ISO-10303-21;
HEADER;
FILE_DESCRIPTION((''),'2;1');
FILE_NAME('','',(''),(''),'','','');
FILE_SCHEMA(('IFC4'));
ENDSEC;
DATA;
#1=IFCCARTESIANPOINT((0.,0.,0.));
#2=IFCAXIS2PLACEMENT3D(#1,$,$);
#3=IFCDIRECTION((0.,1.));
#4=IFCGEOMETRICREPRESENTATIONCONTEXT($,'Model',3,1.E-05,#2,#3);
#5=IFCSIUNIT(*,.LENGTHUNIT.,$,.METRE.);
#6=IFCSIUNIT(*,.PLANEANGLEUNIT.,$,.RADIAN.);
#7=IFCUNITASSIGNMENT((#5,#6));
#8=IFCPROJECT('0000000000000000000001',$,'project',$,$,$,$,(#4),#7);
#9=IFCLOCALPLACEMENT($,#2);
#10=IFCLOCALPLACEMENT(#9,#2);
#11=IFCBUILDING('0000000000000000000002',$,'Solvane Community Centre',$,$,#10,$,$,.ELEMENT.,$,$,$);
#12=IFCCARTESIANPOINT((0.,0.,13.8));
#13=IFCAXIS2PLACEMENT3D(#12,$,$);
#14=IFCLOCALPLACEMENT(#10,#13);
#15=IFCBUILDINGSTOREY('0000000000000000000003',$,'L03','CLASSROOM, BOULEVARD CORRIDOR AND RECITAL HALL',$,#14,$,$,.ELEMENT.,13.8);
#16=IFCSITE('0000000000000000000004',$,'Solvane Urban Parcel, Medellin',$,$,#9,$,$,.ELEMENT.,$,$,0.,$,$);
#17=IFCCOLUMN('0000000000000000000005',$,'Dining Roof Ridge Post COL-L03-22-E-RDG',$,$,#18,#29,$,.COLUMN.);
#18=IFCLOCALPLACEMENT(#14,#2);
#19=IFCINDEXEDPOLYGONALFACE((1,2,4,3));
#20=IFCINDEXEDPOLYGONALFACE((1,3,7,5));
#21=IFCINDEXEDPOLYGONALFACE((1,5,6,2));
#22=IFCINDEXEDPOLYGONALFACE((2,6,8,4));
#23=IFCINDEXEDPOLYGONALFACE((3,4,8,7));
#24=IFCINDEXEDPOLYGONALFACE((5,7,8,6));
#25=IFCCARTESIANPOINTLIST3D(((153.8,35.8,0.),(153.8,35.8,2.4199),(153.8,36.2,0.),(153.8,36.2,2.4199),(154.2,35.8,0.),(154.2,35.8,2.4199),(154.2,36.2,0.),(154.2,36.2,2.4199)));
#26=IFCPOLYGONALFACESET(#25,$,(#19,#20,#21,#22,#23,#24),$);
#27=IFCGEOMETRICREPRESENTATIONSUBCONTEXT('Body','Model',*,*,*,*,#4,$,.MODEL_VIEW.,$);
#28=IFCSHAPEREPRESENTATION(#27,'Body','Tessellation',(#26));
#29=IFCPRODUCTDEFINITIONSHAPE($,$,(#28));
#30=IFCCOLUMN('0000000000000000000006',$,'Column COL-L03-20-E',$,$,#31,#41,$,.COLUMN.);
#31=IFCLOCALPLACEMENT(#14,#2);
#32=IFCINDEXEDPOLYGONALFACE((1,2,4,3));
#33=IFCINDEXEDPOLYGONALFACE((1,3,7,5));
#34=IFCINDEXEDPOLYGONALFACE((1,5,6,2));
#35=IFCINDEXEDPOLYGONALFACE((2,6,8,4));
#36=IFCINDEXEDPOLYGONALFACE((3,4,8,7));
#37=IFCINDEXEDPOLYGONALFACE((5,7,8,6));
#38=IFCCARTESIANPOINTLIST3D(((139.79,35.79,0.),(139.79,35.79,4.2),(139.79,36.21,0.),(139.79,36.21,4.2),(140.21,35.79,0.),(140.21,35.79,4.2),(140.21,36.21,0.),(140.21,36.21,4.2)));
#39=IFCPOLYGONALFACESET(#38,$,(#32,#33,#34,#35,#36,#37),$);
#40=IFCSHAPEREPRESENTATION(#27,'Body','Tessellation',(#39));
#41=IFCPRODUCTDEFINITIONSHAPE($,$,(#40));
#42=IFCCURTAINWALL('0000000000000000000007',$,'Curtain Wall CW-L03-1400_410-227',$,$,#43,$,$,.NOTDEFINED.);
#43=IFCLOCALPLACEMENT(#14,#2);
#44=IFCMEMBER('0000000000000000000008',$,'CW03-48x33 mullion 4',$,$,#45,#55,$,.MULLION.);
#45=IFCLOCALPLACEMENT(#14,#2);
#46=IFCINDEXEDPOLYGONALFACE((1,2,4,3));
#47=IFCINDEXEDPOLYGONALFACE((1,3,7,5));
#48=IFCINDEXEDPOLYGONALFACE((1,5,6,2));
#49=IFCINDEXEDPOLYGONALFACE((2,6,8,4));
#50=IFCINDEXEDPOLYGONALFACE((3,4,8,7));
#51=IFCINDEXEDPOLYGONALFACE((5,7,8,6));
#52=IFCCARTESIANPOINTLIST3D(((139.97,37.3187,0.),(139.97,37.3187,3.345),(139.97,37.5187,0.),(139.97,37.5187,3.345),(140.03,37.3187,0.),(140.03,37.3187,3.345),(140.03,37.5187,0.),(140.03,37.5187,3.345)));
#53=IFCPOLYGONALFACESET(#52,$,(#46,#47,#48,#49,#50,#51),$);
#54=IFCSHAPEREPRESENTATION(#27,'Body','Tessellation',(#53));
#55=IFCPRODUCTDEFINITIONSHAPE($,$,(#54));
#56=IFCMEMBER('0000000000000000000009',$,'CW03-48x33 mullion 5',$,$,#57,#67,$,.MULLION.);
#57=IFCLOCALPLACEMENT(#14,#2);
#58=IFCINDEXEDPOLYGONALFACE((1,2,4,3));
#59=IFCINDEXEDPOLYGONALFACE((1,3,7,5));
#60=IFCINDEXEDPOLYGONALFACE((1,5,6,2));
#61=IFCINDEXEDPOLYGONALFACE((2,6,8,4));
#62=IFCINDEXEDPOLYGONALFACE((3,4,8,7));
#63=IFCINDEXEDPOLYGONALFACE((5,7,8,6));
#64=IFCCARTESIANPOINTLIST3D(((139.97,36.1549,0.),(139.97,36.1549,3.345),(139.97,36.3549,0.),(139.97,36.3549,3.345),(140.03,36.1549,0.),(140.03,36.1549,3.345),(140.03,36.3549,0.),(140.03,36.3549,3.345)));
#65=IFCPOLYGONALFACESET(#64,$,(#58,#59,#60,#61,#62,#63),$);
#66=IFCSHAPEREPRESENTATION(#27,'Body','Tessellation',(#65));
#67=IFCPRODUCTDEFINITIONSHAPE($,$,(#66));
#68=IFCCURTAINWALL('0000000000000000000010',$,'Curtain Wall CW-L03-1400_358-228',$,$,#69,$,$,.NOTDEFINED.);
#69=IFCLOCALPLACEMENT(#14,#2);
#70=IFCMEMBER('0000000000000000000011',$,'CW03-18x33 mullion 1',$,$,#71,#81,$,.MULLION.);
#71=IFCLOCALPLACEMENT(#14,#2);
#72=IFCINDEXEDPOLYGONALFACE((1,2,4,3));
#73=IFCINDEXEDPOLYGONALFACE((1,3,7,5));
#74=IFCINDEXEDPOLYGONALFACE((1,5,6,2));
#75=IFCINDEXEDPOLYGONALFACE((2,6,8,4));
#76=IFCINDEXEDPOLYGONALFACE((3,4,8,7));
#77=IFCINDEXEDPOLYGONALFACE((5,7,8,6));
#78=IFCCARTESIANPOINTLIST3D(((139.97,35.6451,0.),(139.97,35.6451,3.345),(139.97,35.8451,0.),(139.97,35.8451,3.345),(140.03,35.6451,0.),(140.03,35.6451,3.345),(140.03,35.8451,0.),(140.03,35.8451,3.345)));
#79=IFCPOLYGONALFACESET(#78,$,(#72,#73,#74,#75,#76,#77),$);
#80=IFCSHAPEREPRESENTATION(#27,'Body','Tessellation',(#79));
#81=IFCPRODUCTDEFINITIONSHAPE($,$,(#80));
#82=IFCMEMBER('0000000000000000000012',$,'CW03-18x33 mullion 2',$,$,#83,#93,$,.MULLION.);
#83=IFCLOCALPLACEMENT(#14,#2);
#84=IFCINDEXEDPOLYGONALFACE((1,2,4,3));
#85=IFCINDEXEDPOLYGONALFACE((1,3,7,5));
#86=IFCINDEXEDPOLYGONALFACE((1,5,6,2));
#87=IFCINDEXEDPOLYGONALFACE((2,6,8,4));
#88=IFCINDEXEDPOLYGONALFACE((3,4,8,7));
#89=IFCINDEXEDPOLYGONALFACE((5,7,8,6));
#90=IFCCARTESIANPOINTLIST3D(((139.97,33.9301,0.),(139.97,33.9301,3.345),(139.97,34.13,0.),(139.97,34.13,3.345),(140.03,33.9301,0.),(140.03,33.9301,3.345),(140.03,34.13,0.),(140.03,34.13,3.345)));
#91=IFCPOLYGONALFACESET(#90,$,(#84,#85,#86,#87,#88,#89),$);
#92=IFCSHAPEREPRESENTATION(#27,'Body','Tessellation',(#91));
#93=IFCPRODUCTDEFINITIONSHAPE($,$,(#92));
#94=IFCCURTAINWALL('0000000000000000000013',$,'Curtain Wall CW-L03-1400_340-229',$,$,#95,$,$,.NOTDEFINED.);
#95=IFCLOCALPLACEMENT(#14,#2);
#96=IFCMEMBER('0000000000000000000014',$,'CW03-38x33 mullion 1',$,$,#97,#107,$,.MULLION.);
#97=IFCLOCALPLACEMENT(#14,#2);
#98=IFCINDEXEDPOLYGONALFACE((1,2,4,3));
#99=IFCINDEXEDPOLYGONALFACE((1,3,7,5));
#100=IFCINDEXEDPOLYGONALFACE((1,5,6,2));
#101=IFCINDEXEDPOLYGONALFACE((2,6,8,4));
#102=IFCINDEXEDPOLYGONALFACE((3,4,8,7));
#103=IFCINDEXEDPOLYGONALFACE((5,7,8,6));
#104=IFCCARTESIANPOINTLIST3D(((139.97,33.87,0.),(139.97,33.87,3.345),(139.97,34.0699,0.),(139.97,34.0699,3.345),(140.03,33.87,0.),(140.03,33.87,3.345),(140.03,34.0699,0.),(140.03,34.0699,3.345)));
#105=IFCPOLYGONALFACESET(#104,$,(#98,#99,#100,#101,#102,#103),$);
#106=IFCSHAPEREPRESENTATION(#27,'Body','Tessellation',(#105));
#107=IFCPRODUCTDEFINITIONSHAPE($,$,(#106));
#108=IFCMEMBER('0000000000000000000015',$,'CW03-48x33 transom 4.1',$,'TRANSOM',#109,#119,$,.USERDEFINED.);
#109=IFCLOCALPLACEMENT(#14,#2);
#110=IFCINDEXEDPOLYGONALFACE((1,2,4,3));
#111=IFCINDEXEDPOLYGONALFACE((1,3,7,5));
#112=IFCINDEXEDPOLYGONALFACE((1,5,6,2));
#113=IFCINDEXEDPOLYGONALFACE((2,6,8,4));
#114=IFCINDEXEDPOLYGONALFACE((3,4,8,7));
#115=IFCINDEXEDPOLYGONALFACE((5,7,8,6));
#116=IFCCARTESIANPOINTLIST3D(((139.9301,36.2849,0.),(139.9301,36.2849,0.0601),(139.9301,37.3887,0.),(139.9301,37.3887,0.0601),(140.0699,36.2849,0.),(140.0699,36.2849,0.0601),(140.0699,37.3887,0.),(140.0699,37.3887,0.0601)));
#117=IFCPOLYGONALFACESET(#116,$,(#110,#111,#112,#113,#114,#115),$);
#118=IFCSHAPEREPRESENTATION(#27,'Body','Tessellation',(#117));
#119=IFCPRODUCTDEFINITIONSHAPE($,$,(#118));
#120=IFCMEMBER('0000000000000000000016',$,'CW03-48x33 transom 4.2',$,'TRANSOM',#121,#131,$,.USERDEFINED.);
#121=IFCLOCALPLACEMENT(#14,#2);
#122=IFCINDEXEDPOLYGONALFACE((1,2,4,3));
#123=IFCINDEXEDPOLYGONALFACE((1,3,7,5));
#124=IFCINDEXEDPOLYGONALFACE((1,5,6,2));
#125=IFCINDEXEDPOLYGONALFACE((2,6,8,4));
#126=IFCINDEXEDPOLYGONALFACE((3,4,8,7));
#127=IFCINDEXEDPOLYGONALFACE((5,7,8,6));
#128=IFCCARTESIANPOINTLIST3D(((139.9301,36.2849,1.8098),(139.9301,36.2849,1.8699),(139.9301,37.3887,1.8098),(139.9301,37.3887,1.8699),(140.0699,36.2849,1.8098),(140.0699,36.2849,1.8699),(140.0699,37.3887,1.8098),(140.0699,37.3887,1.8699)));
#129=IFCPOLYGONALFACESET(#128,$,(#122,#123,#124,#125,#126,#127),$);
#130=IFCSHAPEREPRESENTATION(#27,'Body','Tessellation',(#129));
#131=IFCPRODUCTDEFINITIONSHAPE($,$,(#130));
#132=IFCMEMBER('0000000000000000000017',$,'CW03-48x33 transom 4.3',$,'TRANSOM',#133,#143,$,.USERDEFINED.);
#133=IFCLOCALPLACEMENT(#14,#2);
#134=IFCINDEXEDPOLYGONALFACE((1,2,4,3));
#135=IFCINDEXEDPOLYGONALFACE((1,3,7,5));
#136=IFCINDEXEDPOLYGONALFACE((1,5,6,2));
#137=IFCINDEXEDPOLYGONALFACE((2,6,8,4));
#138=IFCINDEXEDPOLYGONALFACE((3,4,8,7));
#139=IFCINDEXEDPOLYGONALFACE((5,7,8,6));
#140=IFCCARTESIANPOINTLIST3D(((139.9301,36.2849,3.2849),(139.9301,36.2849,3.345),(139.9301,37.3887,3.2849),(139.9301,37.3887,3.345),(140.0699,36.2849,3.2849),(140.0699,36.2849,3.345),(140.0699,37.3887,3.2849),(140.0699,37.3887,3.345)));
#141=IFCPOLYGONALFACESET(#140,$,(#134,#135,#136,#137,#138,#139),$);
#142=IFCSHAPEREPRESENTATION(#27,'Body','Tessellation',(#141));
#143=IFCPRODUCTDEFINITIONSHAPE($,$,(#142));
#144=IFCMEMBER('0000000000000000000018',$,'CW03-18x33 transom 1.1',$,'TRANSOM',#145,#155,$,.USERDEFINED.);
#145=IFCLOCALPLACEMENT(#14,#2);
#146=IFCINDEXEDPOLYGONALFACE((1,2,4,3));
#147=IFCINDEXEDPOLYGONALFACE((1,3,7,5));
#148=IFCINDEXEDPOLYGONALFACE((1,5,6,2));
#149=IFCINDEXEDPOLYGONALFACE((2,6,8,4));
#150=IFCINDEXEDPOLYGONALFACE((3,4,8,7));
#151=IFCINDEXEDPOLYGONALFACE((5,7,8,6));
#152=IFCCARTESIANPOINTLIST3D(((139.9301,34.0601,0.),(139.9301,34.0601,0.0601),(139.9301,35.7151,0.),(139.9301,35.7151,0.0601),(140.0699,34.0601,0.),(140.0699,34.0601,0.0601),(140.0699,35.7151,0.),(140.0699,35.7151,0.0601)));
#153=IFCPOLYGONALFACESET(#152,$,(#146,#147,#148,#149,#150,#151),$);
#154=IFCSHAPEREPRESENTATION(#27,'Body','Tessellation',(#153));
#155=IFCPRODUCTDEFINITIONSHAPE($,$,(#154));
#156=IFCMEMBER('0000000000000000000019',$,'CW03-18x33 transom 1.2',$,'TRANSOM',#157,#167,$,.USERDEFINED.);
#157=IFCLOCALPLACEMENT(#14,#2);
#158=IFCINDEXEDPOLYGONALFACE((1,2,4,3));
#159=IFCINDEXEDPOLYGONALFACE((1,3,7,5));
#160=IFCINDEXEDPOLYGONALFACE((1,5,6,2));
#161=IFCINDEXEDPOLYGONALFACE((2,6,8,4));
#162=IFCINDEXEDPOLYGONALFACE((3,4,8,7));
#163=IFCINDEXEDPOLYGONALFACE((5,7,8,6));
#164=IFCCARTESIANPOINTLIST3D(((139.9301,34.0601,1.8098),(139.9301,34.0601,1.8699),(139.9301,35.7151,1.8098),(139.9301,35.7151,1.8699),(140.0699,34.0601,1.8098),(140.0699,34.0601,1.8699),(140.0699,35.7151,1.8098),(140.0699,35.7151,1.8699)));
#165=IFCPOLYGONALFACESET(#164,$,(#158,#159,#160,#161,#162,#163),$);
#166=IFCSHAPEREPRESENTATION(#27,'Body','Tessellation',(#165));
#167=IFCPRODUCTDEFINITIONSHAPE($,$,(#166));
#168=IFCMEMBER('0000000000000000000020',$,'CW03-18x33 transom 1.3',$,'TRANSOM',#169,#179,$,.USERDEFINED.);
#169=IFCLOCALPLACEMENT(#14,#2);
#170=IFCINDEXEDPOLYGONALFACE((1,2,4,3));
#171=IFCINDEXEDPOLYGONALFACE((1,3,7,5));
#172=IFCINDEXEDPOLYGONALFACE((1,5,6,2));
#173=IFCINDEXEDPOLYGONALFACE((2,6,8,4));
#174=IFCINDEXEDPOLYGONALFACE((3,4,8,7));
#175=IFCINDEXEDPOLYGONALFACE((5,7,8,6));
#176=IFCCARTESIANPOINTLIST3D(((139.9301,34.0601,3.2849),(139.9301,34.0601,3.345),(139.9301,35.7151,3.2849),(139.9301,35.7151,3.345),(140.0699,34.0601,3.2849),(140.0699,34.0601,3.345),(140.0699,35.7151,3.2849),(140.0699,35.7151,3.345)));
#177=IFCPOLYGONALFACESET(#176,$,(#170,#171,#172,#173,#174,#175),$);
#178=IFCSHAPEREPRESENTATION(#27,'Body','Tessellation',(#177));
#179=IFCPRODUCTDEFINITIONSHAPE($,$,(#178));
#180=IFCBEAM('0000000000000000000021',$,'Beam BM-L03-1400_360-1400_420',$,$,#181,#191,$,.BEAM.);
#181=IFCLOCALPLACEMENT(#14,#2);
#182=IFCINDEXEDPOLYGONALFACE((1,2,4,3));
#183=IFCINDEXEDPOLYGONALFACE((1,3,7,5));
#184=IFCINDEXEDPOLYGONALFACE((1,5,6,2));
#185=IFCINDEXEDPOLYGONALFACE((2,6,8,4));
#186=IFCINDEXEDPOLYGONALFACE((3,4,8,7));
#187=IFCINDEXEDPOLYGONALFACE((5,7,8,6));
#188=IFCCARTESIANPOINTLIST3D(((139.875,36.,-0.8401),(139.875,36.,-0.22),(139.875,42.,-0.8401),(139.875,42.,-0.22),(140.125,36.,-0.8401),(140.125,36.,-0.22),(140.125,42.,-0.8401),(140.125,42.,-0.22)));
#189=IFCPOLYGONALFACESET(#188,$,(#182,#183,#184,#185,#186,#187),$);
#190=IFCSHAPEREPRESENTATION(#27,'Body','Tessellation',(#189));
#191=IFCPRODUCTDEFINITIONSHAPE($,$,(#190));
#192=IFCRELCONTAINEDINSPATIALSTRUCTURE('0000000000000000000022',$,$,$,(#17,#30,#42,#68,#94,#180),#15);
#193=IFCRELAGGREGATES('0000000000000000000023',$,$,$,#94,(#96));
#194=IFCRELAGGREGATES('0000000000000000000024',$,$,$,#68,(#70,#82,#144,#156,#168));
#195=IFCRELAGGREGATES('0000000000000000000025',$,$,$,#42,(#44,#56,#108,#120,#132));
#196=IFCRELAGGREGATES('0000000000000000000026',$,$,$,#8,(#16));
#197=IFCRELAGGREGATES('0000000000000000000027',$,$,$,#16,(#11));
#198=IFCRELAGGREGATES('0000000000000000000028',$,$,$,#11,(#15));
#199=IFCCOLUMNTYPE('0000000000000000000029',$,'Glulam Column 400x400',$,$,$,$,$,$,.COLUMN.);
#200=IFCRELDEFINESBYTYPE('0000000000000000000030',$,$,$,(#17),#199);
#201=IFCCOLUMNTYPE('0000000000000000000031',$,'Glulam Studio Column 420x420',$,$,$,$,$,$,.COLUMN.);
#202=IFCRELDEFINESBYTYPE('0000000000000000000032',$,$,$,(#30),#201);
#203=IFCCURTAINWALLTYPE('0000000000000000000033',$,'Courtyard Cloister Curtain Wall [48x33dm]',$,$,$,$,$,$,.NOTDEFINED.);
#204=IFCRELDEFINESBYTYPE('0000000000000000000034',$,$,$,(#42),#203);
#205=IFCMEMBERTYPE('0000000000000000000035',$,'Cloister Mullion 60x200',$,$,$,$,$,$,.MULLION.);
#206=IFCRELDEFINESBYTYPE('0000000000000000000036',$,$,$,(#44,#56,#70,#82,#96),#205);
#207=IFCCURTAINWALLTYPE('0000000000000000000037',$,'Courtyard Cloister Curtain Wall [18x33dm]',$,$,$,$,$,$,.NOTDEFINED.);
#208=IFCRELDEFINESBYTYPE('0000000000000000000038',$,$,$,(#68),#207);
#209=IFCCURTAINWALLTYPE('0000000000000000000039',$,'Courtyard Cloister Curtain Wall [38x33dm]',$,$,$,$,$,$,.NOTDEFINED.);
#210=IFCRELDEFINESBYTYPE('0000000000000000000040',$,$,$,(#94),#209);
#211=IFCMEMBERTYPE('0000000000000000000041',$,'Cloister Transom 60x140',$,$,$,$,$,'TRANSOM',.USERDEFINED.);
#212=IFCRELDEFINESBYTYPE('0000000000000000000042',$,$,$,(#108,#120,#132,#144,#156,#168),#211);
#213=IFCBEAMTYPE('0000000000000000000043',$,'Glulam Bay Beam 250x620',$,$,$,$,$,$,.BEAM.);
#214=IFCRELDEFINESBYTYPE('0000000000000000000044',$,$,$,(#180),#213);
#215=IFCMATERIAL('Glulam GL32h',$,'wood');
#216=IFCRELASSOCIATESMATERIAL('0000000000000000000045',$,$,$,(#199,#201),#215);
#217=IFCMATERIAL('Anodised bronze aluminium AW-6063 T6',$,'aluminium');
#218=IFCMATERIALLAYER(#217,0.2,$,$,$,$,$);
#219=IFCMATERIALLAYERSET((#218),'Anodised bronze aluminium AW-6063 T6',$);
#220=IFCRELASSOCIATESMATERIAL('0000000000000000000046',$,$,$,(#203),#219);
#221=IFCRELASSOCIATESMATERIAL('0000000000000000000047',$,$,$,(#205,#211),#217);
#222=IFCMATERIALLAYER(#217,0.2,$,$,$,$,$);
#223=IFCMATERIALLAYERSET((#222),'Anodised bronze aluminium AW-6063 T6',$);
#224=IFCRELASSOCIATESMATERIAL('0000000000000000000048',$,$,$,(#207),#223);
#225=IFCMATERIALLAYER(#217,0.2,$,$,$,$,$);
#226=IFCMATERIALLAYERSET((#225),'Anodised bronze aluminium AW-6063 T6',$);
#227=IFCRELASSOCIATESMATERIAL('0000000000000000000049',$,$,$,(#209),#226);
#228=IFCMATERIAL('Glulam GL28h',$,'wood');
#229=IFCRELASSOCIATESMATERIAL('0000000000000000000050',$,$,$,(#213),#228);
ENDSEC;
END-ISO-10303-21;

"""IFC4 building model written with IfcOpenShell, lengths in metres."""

from ifc_helpers import new_model, si_unit, direction, frame, origin, origin_2d, place, context, subcontext, project, spatial, rectangle, extrude, material, layer, layer_set, material_profile, profile_set, type_object, element, aggregate, save


model = new_model("IFC4")

# Units and contexts
model_context = context("Model", 3, precision=1e-05, world=origin(), true_north=direction((0.0, 1.0)))
body_context = subcontext(model_context, "Body", "Model", "MODEL_VIEW")
ifc_project = project(units=[si_unit("LENGTHUNIT", "METRE"), si_unit("PLANEANGLEUNIT", "RADIAN")], contexts=[model_context])

# Site, building, storey
site_placement = place(None, origin())
site = spatial("IfcSite", under=ifc_project, at=site_placement, Name="Solvane Urban Parcel, Medellin", CompositionType="ELEMENT", RefElevation=0.0)
building_placement = place(site_placement, origin())
building = spatial("IfcBuilding", under=site, at=building_placement, Name="Solvane Community Centre", CompositionType="ELEMENT")
storey_placement = place(building_placement, frame((0.0, 0.0, 13.8)))
storey = spatial("IfcBuildingStorey", under=building, at=storey_placement, Name="L03", Description="CLASSROOM, BOULEVARD CORRIDOR AND RECITAL HALL", CompositionType="ELEMENT", Elevation=13.8)

# Columns
ifc_material_1 = material(Name="Glulam GL32h", Category="wood")
ifc_material_profile_1 = material_profile(ifc_material_1, rectangle(XDim=0.3999, YDim=0.3999, at=origin_2d()), Name="GL32h 400x400")
ifc_profile_set_1 = profile_set([ifc_material_profile_1], Name="Glulam GL32h")
column_type_1 = type_object("IfcColumnType", Name="Glulam Column 400x400", PredefinedType="COLUMN", material=ifc_profile_set_1)
column_1_placement = place(storey_placement, frame((154.0, 36.0, 0.0), z_axis=(0.0, 0.0, 1.0), x_axis=(1.0, 0.0, 0.0)))
element("IfcColumn", 1, at=column_1_placement, inside=storey, type_object=column_type_1, Name="Dining Roof Ridge Post COL-L03-22-E-RDG", PredefinedType="COLUMN", context=body_context, shape_type="SweptSolid", body=[
    extrude(rectangle(XDim=0.3999, YDim=0.3999, at=origin_2d()), origin(), (0.0, 0.0, 1.0), 2.4199),
])
ifc_material_profile_2 = material_profile(ifc_material_1, rectangle(XDim=0.4199, YDim=0.4199, at=origin_2d()), Name="GL32h 420x420")
ifc_profile_set_2 = profile_set([ifc_material_profile_2], Name="Glulam GL32h")
column_type_2 = type_object("IfcColumnType", Name="Glulam Studio Column 420x420", PredefinedType="COLUMN", material=ifc_profile_set_2)
column_2_placement = place(storey_placement, frame((140.0, 36.0, 0.0), z_axis=(0.0, 0.0, 1.0), x_axis=(1.0, 0.0, 0.0)))
element("IfcColumn", 2, at=column_2_placement, inside=storey, type_object=column_type_2, Name="Column COL-L03-20-E", PredefinedType="COLUMN", context=body_context, shape_type="SweptSolid", body=[
    extrude(rectangle(XDim=0.4199, YDim=0.4199, at=origin_2d()), origin(), (0.0, 0.0, 1.0), 4.2),
])

# Curtain walls, members
ifc_material_2 = material(Name="Anodised bronze aluminium AW-6063 T6", Category="aluminium")
ifc_layer_1 = layer(ifc_material_2, 0.2)
ifc_layer_set_1 = layer_set([ifc_layer_1], Name="Anodised bronze aluminium AW-6063 T6")
curtain_wall_type_1 = type_object("IfcCurtainWallType", Name="Courtyard Cloister Curtain Wall [48x33dm]", PredefinedType="NOTDEFINED", material=ifc_layer_set_1)
curtain_wall_1_placement = place(storey_placement, origin())
curtain_wall_1 = element("IfcCurtainWall", 3, at=curtain_wall_1_placement, inside=storey, type_object=curtain_wall_type_1, Name="Curtain Wall CW-L03-1400_410-227", PredefinedType="NOTDEFINED")
ifc_material_profile_3 = material_profile(ifc_material_2, rectangle(XDim=0.0601, YDim=0.2, at=origin_2d()), Name="CW-M 60x200")
ifc_profile_set_3 = profile_set([ifc_material_profile_3], Name="Anodised bronze aluminium AW-6063 T6")
member_type_1 = type_object("IfcMemberType", Name="Cloister Mullion 60x200", PredefinedType="MULLION", material=ifc_profile_set_3)
member_1_placement = place(storey_placement, frame((140.0, 37.4187, 0.0), z_axis=(0.0, 0.0, 1.0), x_axis=(1.0, 0.0, 0.0)))
member_1 = element("IfcMember", 4, at=member_1_placement, type_object=member_type_1, Name="CW03-48x33 mullion 4", PredefinedType="MULLION", context=body_context, shape_type="SweptSolid", body=[
    extrude(rectangle(XDim=0.0601, YDim=0.2, at=origin_2d()), origin(), (0.0, 0.0, 1.0), 3.345),
])
member_2_placement = place(storey_placement, frame((140.0, 36.2549, 0.0), z_axis=(0.0, 0.0, 1.0), x_axis=(1.0, 0.0, 0.0)))
member_2 = element("IfcMember", 5, at=member_2_placement, type_object=member_type_1, Name="CW03-48x33 mullion 5", PredefinedType="MULLION", context=body_context, shape_type="SweptSolid", body=[
    extrude(rectangle(XDim=0.0601, YDim=0.2, at=origin_2d()), origin(), (0.0, 0.0, 1.0), 3.345),
])
ifc_layer_2 = layer(ifc_material_2, 0.2)
ifc_layer_set_2 = layer_set([ifc_layer_2], Name="Anodised bronze aluminium AW-6063 T6")
curtain_wall_type_2 = type_object("IfcCurtainWallType", Name="Courtyard Cloister Curtain Wall [18x33dm]", PredefinedType="NOTDEFINED", material=ifc_layer_set_2)
curtain_wall_2_placement = place(storey_placement, origin())
curtain_wall_2 = element("IfcCurtainWall", 6, at=curtain_wall_2_placement, inside=storey, type_object=curtain_wall_type_2, Name="Curtain Wall CW-L03-1400_358-228", PredefinedType="NOTDEFINED")
member_3_placement = place(storey_placement, frame((140.0, 35.7451, 0.0), z_axis=(0.0, 0.0, 1.0), x_axis=(1.0, 0.0, 0.0)))
member_3 = element("IfcMember", 7, at=member_3_placement, type_object=member_type_1, Name="CW03-18x33 mullion 1", PredefinedType="MULLION", context=body_context, shape_type="SweptSolid", body=[
    extrude(rectangle(XDim=0.0601, YDim=0.2, at=origin_2d()), origin(), (0.0, 0.0, 1.0), 3.345),
])
member_4_placement = place(storey_placement, frame((140.0, 34.03, 0.0), z_axis=(0.0, 0.0, 1.0), x_axis=(1.0, 0.0, 0.0)))
member_4 = element("IfcMember", 8, at=member_4_placement, type_object=member_type_1, Name="CW03-18x33 mullion 2", PredefinedType="MULLION", context=body_context, shape_type="SweptSolid", body=[
    extrude(rectangle(XDim=0.0601, YDim=0.2, at=origin_2d()), origin(), (0.0, 0.0, 1.0), 3.345),
])

# Curtain wall, member
ifc_layer_3 = layer(ifc_material_2, 0.2)
ifc_layer_set_3 = layer_set([ifc_layer_3], Name="Anodised bronze aluminium AW-6063 T6")
curtain_wall_type_3 = type_object("IfcCurtainWallType", Name="Courtyard Cloister Curtain Wall [38x33dm]", PredefinedType="NOTDEFINED", material=ifc_layer_set_3)
curtain_wall_3_placement = place(storey_placement, origin())
curtain_wall_3 = element("IfcCurtainWall", 9, at=curtain_wall_3_placement, inside=storey, type_object=curtain_wall_type_3, Name="Curtain Wall CW-L03-1400_340-229", PredefinedType="NOTDEFINED")
member_5_placement = place(storey_placement, frame((140.0, 33.97, 0.0), z_axis=(0.0, 0.0, 1.0), x_axis=(1.0, 0.0, 0.0)))
member_5 = element("IfcMember", 10, at=member_5_placement, type_object=member_type_1, Name="CW03-38x33 mullion 1", PredefinedType="MULLION", context=body_context, shape_type="SweptSolid", body=[
    extrude(rectangle(XDim=0.0601, YDim=0.2, at=origin_2d()), origin(), (0.0, 0.0, 1.0), 3.345),
])
aggregate(curtain_wall_3, [member_5])

# Members
ifc_material_profile_4 = material_profile(ifc_material_2, rectangle(XDim=0.1399, YDim=0.0601, at=origin_2d()), Name="CW-T 60x140")
ifc_profile_set_4 = profile_set([ifc_material_profile_4], Name="Anodised bronze aluminium AW-6063 T6")
member_type_2 = type_object("IfcMemberType", Name="Cloister Transom 60x140", ElementType="TRANSOM", PredefinedType="USERDEFINED", material=ifc_profile_set_4)
member_6_placement = place(storey_placement, frame((140.0, 37.3887, 0.03), z_axis=(0.0, -1.0, 0.0), x_axis=(1.0, 0.0, 0.0)))
member_6 = element("IfcMember", 11, at=member_6_placement, type_object=member_type_2, Name="CW03-48x33 transom 4.1", ObjectType="TRANSOM", PredefinedType="USERDEFINED", context=body_context, shape_type="SweptSolid", body=[
    extrude(rectangle(XDim=0.1399, YDim=0.0601, at=origin_2d()), origin(), (0.0, 0.0, 1.0), 1.1038),
])
member_7_placement = place(storey_placement, frame((140.0, 37.3887, 1.8398), z_axis=(0.0, -1.0, 0.0), x_axis=(1.0, 0.0, 0.0)))
member_7 = element("IfcMember", 12, at=member_7_placement, type_object=member_type_2, Name="CW03-48x33 transom 4.2", ObjectType="TRANSOM", PredefinedType="USERDEFINED", context=body_context, shape_type="SweptSolid", body=[
    extrude(rectangle(XDim=0.1399, YDim=0.0601, at=origin_2d()), origin(), (0.0, 0.0, 1.0), 1.1038),
])
member_8_placement = place(storey_placement, frame((140.0, 37.3887, 3.3149), z_axis=(0.0, -1.0, 0.0), x_axis=(1.0, 0.0, 0.0)))
member_8 = element("IfcMember", 13, at=member_8_placement, type_object=member_type_2, Name="CW03-48x33 transom 4.3", ObjectType="TRANSOM", PredefinedType="USERDEFINED", context=body_context, shape_type="SweptSolid", body=[
    extrude(rectangle(XDim=0.1399, YDim=0.0601, at=origin_2d()), origin(), (0.0, 0.0, 1.0), 1.1038),
])
member_9_placement = place(storey_placement, frame((140.0, 35.7151, 0.03), z_axis=(0.0, -1.0, 0.0), x_axis=(1.0, 0.0, 0.0)))
member_9 = element("IfcMember", 14, at=member_9_placement, type_object=member_type_2, Name="CW03-18x33 transom 1.1", ObjectType="TRANSOM", PredefinedType="USERDEFINED", context=body_context, shape_type="SweptSolid", body=[
    extrude(rectangle(XDim=0.1399, YDim=0.0601, at=origin_2d()), origin(), (0.0, 0.0, 1.0), 1.655),
])
member_10_placement = place(storey_placement, frame((140.0, 35.7151, 1.8398), z_axis=(0.0, -1.0, 0.0), x_axis=(1.0, 0.0, 0.0)))
member_10 = element("IfcMember", 15, at=member_10_placement, type_object=member_type_2, Name="CW03-18x33 transom 1.2", ObjectType="TRANSOM", PredefinedType="USERDEFINED", context=body_context, shape_type="SweptSolid", body=[
    extrude(rectangle(XDim=0.1399, YDim=0.0601, at=origin_2d()), origin(), (0.0, 0.0, 1.0), 1.655),
])
member_11_placement = place(storey_placement, frame((140.0, 35.7151, 3.3149), z_axis=(0.0, -1.0, 0.0), x_axis=(1.0, 0.0, 0.0)))
member_11 = element("IfcMember", 16, at=member_11_placement, type_object=member_type_2, Name="CW03-18x33 transom 1.3", ObjectType="TRANSOM", PredefinedType="USERDEFINED", context=body_context, shape_type="SweptSolid", body=[
    extrude(rectangle(XDim=0.1399, YDim=0.0601, at=origin_2d()), origin(), (0.0, 0.0, 1.0), 1.655),
])

# Beam
ifc_material_3 = material(Name="Glulam GL28h", Category="wood")
ifc_material_profile_5 = material_profile(ifc_material_3, rectangle(XDim=0.25, YDim=0.6201, at=origin_2d()), Name="GL28h 250x620")
ifc_profile_set_5 = profile_set([ifc_material_profile_5], Name="Glulam GL28h")
beam_type_1 = type_object("IfcBeamType", Name="Glulam Bay Beam 250x620", PredefinedType="BEAM", material=ifc_profile_set_5)
beam_placement = place(storey_placement, frame((140.0, 36.0, -0.53), z_axis=(0.0, 1.0, 0.0), x_axis=(-1.0, 0.0, 0.0)))
element("IfcBeam", 17, at=beam_placement, inside=storey, type_object=beam_type_1, Name="Beam BM-L03-1400_360-1400_420", PredefinedType="BEAM", context=body_context, shape_type="SweptSolid", body=[
    extrude(rectangle(XDim=0.25, YDim=0.6201, at=origin_2d()), origin(), (0.0, 0.0, 1.0), 6.0),
])

aggregate(curtain_wall_2, [member_3, member_4, member_9, member_10, member_11])
aggregate(curtain_wall_1, [member_1, member_2, member_6, member_7, member_8])

save(model, "model.ifc")
